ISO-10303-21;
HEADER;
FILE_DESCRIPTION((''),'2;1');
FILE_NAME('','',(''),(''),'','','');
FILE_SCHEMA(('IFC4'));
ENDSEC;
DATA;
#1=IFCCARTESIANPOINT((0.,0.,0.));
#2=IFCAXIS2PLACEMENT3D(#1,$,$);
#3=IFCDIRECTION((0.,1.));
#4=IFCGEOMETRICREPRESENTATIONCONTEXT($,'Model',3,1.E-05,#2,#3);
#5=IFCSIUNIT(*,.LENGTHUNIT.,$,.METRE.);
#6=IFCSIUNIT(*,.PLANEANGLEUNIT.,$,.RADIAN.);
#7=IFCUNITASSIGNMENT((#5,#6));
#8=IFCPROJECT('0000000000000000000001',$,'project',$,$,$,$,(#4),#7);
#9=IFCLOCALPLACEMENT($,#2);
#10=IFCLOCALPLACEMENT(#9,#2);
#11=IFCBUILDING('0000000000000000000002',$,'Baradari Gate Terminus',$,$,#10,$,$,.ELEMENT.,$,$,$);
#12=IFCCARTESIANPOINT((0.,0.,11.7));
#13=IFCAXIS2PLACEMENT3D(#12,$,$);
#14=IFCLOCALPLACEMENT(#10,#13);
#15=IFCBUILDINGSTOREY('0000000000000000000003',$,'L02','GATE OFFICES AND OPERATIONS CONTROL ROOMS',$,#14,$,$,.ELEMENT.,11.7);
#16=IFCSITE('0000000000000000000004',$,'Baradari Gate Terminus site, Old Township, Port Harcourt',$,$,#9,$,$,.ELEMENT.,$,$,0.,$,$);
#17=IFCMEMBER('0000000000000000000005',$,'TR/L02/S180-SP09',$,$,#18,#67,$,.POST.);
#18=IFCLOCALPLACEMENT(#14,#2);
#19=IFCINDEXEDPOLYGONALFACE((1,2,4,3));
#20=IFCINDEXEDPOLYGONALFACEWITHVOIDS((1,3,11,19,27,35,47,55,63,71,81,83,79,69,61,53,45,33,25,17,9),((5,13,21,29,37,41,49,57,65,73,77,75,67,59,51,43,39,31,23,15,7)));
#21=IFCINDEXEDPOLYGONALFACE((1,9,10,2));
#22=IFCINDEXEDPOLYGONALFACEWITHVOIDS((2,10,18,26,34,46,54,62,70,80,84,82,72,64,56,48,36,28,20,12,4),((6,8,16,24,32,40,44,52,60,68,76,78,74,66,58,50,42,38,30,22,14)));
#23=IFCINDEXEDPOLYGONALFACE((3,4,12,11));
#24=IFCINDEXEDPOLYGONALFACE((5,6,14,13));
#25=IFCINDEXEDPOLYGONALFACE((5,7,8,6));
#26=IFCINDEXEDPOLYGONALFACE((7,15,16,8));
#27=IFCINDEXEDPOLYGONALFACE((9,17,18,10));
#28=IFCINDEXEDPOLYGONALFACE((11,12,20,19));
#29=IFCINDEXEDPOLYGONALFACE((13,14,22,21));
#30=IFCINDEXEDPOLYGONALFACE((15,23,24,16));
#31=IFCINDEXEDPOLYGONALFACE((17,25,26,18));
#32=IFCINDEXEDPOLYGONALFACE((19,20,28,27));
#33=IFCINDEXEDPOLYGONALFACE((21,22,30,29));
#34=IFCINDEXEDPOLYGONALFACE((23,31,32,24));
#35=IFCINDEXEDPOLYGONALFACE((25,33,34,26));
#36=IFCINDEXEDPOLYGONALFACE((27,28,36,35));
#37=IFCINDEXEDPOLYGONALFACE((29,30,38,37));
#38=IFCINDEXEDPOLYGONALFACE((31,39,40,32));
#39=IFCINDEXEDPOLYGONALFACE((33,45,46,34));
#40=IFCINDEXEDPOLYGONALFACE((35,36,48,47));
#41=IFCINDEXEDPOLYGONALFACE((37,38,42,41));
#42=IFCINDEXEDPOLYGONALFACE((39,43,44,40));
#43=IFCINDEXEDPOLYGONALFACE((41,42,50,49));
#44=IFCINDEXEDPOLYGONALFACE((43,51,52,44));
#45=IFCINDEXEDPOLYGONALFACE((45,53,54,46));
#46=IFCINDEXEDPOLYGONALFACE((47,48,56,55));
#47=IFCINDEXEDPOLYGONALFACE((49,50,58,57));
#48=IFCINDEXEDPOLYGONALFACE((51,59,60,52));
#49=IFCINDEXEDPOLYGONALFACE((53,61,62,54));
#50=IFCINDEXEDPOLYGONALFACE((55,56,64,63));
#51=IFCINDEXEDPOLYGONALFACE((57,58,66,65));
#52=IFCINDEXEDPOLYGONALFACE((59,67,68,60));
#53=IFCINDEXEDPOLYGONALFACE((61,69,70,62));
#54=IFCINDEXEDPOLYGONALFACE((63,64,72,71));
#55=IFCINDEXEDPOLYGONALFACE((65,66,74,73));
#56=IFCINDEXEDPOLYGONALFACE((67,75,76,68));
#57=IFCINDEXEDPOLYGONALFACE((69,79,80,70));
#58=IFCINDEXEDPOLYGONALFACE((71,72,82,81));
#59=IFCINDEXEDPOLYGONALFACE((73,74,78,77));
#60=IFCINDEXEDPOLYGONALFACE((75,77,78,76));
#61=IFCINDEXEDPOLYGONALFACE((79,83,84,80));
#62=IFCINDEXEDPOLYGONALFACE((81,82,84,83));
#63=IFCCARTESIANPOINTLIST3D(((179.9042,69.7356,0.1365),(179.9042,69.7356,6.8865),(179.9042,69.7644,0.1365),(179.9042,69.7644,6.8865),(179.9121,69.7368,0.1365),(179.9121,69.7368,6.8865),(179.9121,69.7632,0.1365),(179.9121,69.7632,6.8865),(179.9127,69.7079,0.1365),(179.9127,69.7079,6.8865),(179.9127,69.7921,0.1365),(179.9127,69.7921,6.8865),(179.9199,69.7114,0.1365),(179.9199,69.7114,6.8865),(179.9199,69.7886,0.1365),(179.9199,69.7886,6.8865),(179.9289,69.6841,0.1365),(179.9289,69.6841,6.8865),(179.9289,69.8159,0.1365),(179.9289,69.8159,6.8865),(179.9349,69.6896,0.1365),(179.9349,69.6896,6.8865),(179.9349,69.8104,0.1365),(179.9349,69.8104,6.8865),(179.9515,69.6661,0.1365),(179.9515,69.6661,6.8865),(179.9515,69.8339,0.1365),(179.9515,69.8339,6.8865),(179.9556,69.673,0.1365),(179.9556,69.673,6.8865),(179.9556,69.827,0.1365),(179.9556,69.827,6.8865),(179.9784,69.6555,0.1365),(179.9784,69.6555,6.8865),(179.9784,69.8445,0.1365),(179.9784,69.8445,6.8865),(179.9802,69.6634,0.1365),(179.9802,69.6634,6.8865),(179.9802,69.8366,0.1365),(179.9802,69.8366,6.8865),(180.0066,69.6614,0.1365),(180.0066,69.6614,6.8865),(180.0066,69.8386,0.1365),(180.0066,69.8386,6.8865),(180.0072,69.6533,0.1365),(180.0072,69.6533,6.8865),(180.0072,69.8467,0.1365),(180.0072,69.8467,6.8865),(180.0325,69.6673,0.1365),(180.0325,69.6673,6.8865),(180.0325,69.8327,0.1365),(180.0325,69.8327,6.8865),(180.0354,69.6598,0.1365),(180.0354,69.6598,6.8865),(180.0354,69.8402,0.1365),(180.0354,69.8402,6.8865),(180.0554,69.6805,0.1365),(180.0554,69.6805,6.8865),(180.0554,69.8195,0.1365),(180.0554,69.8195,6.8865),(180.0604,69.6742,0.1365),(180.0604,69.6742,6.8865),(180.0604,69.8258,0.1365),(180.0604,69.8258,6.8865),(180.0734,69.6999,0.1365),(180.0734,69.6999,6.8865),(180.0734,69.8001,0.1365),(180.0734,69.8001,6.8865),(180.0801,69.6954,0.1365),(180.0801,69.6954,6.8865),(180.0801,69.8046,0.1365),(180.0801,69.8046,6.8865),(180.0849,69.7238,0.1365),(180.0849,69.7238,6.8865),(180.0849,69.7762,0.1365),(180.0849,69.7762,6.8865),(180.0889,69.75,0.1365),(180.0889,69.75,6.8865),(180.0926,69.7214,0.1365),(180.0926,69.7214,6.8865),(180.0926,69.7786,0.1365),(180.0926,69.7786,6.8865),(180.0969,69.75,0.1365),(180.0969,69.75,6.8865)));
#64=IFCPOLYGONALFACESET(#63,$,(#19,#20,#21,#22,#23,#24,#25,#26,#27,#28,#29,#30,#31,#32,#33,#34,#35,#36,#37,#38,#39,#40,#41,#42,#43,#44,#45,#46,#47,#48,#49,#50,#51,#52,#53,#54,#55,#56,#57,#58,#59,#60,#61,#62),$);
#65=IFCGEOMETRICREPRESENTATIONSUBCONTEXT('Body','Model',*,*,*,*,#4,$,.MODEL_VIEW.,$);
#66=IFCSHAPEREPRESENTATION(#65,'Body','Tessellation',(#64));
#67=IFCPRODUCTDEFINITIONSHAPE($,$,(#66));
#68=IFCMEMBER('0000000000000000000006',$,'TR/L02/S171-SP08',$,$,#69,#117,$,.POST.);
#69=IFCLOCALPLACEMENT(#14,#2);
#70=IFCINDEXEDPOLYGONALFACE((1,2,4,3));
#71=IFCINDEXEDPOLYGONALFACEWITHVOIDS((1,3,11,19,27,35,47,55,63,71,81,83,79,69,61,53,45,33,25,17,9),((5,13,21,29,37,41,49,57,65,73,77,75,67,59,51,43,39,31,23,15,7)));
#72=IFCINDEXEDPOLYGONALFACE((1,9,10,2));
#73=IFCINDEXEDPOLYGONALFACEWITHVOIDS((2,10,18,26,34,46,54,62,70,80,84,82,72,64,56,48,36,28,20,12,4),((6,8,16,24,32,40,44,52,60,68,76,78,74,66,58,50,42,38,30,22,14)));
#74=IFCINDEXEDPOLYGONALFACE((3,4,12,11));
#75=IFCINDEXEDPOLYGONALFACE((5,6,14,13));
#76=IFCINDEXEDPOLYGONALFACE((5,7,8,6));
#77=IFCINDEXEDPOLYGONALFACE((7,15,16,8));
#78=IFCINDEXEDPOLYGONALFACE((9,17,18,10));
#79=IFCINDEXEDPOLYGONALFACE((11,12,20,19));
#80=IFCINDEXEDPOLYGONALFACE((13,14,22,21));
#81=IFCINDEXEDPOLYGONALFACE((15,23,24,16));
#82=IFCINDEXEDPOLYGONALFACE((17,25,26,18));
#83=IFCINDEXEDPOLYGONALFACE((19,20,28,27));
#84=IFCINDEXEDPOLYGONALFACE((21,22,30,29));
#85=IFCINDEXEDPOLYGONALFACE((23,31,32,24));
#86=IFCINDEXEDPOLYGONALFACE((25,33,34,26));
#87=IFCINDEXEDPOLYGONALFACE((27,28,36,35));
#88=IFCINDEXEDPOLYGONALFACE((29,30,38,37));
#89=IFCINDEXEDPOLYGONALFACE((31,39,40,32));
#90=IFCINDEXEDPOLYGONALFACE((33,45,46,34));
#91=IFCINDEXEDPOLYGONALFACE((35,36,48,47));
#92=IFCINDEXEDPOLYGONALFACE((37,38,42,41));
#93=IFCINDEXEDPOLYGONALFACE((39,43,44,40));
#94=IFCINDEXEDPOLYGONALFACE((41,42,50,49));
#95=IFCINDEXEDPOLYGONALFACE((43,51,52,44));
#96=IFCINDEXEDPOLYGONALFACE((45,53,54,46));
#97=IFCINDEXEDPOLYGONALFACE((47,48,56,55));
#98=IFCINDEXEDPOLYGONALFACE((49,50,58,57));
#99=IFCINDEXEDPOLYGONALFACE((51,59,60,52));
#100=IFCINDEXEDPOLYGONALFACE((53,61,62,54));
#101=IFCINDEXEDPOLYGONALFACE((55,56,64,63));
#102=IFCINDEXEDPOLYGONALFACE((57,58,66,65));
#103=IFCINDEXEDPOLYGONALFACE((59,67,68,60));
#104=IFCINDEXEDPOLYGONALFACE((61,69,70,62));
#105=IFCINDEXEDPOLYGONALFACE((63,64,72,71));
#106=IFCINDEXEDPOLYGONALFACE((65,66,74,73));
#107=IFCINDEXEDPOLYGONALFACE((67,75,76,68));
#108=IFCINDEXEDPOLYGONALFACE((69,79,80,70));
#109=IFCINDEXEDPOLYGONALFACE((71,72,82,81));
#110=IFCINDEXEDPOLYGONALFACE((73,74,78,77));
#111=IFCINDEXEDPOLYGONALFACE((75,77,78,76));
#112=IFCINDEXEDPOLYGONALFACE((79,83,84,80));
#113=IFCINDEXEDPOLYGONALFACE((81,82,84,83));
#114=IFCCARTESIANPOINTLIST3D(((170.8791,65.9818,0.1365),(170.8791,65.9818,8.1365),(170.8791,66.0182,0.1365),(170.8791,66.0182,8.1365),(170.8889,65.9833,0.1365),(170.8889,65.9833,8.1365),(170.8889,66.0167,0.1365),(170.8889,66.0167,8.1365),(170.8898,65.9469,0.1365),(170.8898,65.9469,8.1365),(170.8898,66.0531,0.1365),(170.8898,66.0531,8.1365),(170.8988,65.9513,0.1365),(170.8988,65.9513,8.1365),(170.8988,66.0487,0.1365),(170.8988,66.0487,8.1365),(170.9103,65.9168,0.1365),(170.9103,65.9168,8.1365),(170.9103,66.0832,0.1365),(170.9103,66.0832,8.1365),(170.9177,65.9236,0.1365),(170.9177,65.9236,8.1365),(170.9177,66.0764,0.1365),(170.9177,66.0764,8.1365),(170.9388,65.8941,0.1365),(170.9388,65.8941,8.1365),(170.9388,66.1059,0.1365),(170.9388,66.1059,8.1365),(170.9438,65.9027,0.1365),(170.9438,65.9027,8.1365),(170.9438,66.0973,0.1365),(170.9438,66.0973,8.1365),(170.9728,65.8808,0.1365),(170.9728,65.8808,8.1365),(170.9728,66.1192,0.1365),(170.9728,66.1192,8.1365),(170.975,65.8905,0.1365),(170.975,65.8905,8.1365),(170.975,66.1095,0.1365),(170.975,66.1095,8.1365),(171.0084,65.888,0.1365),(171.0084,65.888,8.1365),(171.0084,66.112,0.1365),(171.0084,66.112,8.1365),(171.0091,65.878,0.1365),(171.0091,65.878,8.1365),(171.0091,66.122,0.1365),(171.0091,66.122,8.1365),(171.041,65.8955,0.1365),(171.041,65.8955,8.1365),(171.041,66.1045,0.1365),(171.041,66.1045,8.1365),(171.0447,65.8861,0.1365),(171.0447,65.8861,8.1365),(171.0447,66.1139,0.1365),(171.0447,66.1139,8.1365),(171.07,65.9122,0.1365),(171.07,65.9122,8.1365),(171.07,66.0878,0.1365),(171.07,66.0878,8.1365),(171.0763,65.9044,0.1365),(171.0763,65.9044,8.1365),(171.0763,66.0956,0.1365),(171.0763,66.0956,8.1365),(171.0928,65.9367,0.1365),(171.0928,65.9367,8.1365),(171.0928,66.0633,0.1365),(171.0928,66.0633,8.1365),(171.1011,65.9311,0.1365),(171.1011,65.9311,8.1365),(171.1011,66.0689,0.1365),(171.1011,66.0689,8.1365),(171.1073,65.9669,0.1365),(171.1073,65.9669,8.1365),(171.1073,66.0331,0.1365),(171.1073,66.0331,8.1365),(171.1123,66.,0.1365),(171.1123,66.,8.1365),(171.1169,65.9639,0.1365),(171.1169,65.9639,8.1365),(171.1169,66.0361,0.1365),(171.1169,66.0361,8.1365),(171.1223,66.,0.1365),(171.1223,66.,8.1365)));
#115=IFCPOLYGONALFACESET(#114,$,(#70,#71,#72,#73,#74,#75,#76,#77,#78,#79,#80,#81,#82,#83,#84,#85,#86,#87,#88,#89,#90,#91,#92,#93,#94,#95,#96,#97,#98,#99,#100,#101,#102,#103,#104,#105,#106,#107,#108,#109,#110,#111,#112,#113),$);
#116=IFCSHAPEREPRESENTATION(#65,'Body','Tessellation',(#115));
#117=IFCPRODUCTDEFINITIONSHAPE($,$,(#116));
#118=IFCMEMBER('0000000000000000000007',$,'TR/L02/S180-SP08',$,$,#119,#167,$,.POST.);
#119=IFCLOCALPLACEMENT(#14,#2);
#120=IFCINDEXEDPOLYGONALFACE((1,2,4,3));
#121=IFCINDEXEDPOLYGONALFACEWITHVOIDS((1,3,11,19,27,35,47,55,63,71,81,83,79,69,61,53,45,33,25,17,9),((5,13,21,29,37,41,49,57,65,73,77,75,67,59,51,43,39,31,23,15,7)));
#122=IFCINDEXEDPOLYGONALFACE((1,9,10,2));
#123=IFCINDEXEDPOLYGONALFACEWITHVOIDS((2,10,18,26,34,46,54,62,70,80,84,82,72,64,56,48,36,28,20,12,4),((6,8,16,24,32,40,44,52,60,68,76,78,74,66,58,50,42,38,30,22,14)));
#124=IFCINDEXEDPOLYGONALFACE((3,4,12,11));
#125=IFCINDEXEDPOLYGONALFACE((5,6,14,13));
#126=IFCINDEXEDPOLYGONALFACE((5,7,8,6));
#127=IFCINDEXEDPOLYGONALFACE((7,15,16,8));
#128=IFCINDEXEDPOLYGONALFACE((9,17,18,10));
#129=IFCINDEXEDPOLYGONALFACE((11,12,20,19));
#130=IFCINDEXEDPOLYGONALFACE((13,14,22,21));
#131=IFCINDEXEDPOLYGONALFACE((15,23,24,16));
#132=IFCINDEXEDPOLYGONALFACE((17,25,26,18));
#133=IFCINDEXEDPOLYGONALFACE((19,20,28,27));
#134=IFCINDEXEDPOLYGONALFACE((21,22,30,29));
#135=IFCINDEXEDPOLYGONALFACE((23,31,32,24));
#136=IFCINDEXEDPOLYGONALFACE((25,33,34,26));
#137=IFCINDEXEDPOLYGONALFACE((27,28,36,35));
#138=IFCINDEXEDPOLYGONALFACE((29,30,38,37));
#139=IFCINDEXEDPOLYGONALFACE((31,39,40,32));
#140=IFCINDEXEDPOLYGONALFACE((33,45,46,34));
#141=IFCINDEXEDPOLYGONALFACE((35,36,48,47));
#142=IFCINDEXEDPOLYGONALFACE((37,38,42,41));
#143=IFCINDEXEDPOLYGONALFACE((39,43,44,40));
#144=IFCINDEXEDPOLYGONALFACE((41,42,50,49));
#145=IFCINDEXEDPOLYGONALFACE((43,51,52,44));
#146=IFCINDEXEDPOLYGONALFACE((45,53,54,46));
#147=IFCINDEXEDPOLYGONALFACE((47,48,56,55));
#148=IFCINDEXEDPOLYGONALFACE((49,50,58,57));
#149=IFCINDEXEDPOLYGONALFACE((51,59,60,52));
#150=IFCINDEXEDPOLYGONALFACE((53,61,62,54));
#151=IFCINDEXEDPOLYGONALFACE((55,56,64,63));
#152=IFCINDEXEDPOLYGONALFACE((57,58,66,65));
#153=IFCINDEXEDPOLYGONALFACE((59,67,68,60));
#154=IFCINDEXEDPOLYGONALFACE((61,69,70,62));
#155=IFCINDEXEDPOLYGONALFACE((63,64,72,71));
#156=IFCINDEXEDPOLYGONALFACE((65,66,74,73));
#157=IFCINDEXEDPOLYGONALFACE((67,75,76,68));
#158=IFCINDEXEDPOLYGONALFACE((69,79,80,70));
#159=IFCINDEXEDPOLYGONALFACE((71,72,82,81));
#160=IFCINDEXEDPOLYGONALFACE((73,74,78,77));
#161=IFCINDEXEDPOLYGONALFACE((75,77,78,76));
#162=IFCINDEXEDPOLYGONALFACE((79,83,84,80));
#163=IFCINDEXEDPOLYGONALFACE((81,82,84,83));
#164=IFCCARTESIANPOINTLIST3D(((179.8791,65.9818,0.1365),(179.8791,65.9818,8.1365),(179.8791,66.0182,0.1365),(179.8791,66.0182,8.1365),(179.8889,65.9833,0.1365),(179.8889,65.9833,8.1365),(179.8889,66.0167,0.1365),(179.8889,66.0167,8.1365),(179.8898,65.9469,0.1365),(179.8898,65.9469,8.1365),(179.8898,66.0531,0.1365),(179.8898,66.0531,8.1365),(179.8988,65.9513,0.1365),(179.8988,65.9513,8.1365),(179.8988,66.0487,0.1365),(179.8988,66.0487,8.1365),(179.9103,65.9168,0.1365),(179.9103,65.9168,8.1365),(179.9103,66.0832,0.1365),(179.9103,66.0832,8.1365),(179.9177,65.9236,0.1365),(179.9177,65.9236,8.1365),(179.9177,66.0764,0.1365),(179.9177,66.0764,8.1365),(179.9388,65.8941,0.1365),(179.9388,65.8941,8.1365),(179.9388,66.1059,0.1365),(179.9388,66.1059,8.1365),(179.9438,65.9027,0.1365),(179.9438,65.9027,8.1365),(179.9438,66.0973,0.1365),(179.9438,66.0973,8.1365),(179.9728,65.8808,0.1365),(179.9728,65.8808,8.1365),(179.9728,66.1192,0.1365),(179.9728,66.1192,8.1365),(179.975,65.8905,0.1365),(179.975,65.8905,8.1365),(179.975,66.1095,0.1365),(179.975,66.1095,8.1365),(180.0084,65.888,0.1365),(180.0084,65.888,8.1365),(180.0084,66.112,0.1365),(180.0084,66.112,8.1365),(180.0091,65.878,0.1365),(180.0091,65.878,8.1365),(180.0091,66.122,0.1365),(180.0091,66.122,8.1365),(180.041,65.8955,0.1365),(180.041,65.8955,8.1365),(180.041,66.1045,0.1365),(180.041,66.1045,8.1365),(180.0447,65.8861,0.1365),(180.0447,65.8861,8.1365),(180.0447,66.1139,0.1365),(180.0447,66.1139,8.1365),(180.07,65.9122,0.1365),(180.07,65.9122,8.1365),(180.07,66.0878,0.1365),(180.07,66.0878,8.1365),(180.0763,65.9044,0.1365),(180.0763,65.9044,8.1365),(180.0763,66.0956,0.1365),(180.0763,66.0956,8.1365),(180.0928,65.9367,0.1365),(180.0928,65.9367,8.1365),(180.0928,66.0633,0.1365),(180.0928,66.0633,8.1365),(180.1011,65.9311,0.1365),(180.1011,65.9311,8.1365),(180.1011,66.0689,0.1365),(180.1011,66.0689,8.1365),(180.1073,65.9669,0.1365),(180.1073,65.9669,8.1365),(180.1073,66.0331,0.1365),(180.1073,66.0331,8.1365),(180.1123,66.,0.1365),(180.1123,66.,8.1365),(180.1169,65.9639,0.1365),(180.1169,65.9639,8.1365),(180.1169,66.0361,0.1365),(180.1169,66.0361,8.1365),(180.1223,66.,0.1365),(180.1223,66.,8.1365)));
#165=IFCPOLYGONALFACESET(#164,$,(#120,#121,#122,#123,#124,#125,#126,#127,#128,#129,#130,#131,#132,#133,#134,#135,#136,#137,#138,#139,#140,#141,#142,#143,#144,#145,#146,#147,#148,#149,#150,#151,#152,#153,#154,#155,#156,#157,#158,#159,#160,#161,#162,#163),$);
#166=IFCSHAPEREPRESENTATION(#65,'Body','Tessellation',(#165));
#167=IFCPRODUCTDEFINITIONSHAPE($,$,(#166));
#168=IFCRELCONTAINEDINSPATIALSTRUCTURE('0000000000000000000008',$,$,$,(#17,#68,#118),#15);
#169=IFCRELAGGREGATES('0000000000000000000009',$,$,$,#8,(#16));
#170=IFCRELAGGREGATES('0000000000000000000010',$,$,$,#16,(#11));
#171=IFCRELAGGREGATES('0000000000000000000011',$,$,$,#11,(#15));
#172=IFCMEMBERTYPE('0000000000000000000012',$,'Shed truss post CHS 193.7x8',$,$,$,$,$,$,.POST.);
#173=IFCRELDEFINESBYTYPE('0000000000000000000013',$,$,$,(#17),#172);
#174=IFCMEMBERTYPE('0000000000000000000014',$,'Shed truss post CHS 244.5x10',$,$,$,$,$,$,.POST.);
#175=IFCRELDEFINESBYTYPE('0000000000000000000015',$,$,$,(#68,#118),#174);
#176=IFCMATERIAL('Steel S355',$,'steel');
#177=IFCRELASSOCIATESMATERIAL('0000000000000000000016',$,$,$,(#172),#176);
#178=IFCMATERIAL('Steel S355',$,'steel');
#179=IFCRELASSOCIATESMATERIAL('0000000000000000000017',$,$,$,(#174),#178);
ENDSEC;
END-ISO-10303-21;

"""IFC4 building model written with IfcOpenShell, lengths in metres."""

from ifc_helpers import new_model, si_unit, direction, frame, origin, origin_2d, place, context, subcontext, project, spatial, hollow_circle, extrude, material, material_profile, profile_set, type_object, element, save


model = new_model("IFC4")

# Units and contexts
model_context = context("Model", 3, precision=1e-05, world=origin(), true_north=direction((0.0, 1.0)))
body_context = subcontext(model_context, "Body", "Model", "MODEL_VIEW")
ifc_project = project(units=[si_unit("LENGTHUNIT", "METRE"), si_unit("PLANEANGLEUNIT", "RADIAN")], contexts=[model_context])

# Site, building, storey
site_placement = place(None, origin())
site = spatial("IfcSite", under=ifc_project, at=site_placement, Name="Baradari Gate Terminus site, Old Township, Port Harcourt", CompositionType="ELEMENT", RefElevation=0.0)
building_placement = place(site_placement, origin())
building = spatial("IfcBuilding", under=site, at=building_placement, Name="Baradari Gate Terminus", CompositionType="ELEMENT")
storey_placement = place(building_placement, frame((0.0, 0.0, 11.7)))
storey = spatial("IfcBuildingStorey", under=building, at=storey_placement, Name="L02", Description="GATE OFFICES AND OPERATIONS CONTROL ROOMS", CompositionType="ELEMENT", Elevation=11.7)

# Members
ifc_material_1 = material(Name="Steel S355", Category="steel")
ifc_material_profile_1 = material_profile(ifc_material_1, hollow_circle(Radius=0.0969, WallThickness=0.0081, at=origin_2d()), Name="CHS 193.7x8")
ifc_profile_set_1 = profile_set([ifc_material_profile_1], Name="Steel S355")
member_type_1 = type_object("IfcMemberType", Name="Shed truss post CHS 193.7x8", PredefinedType="POST", material=ifc_profile_set_1)
for number, where, z_axis, x_axis, name in (
    (1, (180.0, 69.75, 0.1365), (0.0, 0.0, 1.0), (1.0, 0.0, 0.0), "TR/L02/S180-SP09"),
):
    element("IfcMember", number, at=place(storey_placement, frame(where, z_axis=z_axis, x_axis=x_axis)), inside=storey, type_object=member_type_1, Name=name, PredefinedType="POST", context=body_context, shape_type="SweptSolid", body=[
        extrude(hollow_circle(Radius=0.0969, WallThickness=0.0081, at=origin_2d()), origin(), (0.0, 0.0, 1.0), 6.75),
    ])
ifc_material_2 = material(Name="Steel S355", Category="steel")
ifc_material_profile_2 = material_profile(ifc_material_2, hollow_circle(Radius=0.1223, WallThickness=0.01, at=origin_2d()), Name="CHS 244.5x10")
ifc_profile_set_2 = profile_set([ifc_material_profile_2], Name="Steel S355")
member_type_2 = type_object("IfcMemberType", Name="Shed truss post CHS 244.5x10", PredefinedType="POST", material=ifc_profile_set_2)
for number, where, z_axis, x_axis, name in (
    (2, (171.0, 66.0, 0.1365), (0.0, 0.0, 1.0), (1.0, 0.0, 0.0), "TR/L02/S171-SP08"),
    (3, (180.0, 66.0, 0.1365), (0.0, 0.0, 1.0), (1.0, 0.0, 0.0), "TR/L02/S180-SP08"),
):
    element("IfcMember", number, at=place(storey_placement, frame(where, z_axis=z_axis, x_axis=x_axis)), inside=storey, type_object=member_type_2, Name=name, PredefinedType="POST", context=body_context, shape_type="SweptSolid", body=[
        extrude(hollow_circle(Radius=0.1223, WallThickness=0.01, at=origin_2d()), origin(), (0.0, 0.0, 1.0), 8.0),
    ])

save(model, "model.ifc")
